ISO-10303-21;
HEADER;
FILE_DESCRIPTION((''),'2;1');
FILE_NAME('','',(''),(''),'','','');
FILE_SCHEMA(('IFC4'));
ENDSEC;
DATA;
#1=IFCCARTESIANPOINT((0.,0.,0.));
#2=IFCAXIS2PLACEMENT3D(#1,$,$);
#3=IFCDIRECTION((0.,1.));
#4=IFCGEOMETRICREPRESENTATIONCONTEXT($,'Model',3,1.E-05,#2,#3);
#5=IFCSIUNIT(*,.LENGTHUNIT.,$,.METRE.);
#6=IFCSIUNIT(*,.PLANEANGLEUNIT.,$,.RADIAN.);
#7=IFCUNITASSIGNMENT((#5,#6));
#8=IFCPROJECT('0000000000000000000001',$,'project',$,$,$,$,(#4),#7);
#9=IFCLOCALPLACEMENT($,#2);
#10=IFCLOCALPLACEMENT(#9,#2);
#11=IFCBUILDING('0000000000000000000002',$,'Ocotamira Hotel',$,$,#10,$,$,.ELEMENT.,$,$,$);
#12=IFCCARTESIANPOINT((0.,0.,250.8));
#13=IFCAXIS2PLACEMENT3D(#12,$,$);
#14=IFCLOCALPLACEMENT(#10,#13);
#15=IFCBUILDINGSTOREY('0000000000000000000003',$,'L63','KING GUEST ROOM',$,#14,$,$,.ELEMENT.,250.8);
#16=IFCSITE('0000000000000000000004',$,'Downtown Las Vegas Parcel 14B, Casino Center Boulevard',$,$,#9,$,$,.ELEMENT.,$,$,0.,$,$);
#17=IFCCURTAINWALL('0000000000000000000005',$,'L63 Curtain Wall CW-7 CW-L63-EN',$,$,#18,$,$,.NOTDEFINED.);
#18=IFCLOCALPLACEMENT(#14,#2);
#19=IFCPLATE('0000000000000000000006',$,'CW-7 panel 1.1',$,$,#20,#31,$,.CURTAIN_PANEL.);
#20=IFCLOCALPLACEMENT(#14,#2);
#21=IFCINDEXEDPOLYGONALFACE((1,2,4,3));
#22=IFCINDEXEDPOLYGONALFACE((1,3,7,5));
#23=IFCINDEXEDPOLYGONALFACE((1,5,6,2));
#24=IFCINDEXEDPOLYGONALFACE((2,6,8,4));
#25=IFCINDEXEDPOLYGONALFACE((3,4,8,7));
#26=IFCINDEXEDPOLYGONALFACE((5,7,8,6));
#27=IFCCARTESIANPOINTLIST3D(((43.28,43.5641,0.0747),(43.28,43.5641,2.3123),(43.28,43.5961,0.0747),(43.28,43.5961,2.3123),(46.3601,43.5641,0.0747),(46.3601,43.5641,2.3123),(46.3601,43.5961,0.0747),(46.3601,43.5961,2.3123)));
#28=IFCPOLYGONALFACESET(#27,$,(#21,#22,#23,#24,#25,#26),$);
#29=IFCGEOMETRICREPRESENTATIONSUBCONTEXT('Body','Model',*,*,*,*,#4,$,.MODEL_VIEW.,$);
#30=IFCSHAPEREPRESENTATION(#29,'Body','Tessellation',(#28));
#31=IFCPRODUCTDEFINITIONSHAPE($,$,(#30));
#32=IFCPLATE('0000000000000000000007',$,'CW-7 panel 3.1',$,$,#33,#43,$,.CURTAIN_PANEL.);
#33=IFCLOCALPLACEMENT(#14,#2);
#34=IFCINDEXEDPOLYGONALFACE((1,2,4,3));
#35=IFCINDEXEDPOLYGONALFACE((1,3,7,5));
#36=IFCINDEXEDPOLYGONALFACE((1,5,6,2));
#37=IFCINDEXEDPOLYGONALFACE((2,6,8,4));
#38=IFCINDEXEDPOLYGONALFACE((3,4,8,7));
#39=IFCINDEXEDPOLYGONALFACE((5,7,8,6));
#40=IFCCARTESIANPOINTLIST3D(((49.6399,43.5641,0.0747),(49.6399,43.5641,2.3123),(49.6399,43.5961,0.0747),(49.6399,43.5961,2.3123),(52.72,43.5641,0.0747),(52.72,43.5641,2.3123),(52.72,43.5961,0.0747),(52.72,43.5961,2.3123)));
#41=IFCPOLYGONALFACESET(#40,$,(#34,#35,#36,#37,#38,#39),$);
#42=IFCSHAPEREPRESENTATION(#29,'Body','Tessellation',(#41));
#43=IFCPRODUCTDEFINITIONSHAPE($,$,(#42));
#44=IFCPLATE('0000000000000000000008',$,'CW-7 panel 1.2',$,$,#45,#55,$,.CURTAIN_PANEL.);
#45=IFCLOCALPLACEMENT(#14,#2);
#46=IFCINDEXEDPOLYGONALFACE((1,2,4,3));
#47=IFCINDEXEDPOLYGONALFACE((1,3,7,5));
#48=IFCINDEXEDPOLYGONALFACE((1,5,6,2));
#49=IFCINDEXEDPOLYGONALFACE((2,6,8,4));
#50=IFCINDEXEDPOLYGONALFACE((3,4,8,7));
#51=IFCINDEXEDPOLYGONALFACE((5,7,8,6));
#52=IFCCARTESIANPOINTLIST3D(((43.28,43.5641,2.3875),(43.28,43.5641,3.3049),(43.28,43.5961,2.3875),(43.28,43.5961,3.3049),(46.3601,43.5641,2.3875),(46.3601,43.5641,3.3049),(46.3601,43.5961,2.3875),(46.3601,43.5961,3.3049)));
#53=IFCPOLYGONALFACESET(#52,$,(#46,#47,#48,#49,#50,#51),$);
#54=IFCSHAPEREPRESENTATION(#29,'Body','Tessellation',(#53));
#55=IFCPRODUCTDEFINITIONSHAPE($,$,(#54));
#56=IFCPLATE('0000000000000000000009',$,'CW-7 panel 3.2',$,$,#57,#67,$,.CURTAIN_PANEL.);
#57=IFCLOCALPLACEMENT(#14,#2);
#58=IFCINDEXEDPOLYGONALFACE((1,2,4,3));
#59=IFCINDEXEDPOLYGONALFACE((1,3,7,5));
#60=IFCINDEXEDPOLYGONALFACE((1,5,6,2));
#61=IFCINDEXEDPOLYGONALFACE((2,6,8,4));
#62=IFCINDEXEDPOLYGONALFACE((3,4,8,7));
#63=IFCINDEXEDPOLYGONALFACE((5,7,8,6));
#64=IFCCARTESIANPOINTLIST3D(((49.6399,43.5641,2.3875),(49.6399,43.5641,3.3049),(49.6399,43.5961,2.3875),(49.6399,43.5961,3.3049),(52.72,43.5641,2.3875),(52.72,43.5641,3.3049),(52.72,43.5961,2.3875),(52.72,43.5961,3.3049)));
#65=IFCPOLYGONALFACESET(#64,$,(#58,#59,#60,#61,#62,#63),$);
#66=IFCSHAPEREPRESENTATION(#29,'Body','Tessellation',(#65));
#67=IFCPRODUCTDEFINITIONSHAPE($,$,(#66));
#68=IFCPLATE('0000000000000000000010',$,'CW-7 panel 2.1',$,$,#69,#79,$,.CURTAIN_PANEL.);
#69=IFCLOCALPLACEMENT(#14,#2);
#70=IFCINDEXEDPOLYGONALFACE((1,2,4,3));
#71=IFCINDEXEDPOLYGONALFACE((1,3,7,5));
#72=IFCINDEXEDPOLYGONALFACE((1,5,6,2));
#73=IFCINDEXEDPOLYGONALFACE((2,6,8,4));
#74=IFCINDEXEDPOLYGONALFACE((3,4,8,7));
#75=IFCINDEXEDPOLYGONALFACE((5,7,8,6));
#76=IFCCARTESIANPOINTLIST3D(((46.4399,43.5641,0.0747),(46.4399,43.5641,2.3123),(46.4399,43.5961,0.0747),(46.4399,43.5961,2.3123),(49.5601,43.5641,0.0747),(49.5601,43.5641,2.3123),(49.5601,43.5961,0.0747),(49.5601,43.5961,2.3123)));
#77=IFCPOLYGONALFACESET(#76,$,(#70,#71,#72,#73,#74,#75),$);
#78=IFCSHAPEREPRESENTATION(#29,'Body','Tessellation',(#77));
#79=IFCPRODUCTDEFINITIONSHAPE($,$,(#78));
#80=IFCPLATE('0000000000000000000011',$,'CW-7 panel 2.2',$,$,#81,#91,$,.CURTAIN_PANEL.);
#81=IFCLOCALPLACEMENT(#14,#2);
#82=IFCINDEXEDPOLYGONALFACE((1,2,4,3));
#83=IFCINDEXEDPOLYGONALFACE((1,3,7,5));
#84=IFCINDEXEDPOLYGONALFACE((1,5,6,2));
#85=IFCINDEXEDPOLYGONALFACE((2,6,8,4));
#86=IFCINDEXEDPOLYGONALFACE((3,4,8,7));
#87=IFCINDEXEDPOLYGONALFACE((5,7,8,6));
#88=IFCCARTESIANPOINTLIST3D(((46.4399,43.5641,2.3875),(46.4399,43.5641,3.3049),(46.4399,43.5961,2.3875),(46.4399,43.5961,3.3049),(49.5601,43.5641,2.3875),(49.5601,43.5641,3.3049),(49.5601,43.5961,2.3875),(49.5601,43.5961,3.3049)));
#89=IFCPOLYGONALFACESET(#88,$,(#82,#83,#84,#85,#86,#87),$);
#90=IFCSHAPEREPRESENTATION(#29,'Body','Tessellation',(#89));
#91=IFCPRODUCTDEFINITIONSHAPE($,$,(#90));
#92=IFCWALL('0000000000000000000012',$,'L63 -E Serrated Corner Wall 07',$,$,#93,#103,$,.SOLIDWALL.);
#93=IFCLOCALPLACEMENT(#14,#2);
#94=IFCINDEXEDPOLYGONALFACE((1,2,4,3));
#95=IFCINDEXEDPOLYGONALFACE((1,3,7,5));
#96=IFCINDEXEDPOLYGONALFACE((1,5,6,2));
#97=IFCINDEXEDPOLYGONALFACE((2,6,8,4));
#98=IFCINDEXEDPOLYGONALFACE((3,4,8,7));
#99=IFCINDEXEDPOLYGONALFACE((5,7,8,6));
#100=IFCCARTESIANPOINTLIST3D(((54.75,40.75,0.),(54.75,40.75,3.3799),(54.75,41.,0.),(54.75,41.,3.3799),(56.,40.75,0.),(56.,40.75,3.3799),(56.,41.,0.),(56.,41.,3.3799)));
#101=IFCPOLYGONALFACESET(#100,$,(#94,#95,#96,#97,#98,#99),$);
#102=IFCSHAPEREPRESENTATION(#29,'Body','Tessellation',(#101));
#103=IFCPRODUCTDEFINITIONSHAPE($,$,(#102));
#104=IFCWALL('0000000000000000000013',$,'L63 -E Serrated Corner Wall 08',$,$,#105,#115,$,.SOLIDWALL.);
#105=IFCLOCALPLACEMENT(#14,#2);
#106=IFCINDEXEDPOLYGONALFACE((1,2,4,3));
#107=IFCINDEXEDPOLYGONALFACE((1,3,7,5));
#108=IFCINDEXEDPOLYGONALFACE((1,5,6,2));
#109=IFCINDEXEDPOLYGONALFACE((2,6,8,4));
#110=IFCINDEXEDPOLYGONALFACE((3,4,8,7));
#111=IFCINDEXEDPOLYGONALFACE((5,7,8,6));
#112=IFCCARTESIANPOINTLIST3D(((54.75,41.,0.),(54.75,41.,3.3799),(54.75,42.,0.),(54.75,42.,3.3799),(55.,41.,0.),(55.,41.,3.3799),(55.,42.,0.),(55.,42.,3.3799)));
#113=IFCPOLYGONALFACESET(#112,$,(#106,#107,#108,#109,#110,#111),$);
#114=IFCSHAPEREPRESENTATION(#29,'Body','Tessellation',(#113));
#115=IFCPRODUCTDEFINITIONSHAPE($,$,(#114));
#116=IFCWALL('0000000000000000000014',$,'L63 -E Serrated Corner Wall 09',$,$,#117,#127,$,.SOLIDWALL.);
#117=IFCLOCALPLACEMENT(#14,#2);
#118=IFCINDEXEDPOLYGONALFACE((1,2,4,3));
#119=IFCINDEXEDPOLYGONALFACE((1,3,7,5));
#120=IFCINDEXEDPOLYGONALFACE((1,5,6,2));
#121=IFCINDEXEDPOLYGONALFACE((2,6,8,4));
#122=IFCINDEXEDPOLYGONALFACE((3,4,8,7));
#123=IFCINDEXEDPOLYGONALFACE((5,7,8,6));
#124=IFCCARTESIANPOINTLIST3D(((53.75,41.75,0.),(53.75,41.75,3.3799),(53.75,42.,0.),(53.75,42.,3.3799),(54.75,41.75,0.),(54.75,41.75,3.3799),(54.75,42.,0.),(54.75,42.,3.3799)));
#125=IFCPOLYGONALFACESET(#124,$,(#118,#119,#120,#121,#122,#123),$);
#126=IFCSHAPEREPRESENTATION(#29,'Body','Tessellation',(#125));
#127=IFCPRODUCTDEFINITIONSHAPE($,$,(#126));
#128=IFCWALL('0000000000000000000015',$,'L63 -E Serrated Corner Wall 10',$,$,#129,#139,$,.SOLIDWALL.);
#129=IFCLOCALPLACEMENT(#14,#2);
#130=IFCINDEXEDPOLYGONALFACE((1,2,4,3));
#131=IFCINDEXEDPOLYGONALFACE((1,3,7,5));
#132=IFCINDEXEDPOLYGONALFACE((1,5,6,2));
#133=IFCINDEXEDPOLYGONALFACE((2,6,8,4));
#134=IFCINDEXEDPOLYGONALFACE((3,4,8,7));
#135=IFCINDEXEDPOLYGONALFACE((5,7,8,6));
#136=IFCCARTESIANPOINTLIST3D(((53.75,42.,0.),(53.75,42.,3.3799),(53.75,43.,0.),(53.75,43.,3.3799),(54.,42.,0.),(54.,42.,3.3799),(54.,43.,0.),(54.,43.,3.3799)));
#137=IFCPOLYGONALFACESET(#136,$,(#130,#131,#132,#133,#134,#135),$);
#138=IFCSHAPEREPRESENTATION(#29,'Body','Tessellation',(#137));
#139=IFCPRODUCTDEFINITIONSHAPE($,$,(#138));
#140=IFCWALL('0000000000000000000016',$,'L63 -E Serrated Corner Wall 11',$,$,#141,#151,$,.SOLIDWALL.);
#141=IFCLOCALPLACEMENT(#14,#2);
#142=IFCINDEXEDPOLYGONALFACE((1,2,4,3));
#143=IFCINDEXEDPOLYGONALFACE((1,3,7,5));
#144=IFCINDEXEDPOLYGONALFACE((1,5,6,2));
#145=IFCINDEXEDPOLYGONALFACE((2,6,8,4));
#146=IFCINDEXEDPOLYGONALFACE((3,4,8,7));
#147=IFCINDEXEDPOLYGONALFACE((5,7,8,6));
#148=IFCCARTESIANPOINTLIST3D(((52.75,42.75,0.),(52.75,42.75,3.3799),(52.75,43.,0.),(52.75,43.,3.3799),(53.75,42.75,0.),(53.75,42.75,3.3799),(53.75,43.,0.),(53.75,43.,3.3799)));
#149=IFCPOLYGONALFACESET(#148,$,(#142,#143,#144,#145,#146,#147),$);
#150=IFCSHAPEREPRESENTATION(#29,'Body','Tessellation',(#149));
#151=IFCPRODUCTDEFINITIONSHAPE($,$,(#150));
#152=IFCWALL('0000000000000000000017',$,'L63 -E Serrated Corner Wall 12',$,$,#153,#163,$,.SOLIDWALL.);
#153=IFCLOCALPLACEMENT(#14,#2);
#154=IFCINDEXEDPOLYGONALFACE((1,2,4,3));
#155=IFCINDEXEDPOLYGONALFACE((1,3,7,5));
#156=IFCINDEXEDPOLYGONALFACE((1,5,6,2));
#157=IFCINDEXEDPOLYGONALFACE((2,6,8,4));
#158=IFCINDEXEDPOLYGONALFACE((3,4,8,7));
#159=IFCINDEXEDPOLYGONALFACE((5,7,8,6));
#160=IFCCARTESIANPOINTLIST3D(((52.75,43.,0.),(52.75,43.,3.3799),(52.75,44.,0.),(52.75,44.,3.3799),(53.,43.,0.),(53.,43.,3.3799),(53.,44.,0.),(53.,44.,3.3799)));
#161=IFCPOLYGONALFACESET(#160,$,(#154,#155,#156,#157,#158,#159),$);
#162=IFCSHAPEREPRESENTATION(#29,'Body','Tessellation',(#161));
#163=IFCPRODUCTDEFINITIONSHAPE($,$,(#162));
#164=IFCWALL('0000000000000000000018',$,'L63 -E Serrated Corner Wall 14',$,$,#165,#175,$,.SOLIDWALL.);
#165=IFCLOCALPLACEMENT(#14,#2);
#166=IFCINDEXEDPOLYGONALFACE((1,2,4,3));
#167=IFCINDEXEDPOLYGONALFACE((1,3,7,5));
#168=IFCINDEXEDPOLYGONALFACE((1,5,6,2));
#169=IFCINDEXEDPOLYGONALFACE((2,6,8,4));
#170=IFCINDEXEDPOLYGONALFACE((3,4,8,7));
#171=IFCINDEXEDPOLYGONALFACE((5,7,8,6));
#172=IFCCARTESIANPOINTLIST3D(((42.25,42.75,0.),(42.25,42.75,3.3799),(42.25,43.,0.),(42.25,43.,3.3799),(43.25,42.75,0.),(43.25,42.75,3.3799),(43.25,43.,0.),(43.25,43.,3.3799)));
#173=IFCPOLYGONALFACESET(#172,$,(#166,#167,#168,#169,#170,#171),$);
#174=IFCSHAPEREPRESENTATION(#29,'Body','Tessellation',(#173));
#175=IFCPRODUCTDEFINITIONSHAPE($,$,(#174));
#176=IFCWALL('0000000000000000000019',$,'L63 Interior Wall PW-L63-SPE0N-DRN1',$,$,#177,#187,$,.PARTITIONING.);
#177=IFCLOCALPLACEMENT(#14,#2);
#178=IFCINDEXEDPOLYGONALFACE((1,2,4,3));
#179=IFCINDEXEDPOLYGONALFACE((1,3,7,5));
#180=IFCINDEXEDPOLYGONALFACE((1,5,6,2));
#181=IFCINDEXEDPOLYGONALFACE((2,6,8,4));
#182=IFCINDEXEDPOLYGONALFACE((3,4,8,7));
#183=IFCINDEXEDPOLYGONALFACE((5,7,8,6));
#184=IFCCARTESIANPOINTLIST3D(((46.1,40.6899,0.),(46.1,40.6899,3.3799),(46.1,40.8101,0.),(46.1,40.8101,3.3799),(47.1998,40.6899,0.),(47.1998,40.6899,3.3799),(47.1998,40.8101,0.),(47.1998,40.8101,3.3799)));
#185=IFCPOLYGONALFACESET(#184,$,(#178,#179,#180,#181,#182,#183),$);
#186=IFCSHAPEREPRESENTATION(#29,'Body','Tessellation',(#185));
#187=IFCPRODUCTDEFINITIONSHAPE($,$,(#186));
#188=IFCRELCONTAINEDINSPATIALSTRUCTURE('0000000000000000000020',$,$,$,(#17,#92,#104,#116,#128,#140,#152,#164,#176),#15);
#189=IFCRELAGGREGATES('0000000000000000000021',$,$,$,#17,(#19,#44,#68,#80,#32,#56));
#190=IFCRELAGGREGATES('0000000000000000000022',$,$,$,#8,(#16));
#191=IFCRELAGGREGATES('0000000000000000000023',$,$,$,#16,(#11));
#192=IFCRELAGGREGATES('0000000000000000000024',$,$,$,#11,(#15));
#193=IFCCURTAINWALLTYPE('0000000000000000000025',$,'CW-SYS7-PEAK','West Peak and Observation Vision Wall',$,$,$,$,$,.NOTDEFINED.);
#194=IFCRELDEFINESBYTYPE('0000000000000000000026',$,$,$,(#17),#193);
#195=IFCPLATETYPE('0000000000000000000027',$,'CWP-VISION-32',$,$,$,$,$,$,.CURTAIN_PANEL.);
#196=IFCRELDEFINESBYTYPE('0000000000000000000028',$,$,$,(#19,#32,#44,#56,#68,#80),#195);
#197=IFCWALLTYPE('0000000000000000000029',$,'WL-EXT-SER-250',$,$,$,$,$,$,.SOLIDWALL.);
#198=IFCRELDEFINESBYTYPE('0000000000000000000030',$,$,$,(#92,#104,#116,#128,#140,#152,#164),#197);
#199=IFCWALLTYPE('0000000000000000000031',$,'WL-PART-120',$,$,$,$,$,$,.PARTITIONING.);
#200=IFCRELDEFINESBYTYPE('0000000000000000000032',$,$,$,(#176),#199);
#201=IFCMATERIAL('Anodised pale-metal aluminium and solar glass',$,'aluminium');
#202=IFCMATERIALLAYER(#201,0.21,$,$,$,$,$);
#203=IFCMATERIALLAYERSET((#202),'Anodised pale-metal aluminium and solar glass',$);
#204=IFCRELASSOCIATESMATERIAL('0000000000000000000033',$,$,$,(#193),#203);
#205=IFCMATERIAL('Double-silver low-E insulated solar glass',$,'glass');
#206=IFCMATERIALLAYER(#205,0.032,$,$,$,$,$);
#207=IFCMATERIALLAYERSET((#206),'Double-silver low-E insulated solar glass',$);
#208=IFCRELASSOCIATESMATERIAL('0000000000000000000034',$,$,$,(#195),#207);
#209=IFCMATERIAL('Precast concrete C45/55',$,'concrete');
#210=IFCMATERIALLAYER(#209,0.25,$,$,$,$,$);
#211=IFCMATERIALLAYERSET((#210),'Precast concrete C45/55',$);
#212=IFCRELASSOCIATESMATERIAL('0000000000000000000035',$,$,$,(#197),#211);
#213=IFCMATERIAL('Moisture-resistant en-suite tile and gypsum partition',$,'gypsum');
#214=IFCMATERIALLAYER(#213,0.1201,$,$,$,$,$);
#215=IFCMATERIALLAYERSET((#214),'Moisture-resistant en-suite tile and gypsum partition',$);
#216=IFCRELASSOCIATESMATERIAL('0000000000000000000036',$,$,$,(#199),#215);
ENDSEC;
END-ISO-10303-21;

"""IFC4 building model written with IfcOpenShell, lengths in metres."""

from ifc_helpers import new_model, si_unit, direction, frame, frame_2d, origin, origin_2d, place, context, subcontext, project, spatial, rectangle, extrude, source, transform, mapped, material, layer, layer_set, type_object, element, aggregate, save


model = new_model("IFC4")

# Units and contexts
model_context = context("Model", 3, precision=1e-05, world=origin(), true_north=direction((0.0, 1.0)))
body_context = subcontext(model_context, "Body", "Model", "MODEL_VIEW")
ifc_project = project(units=[si_unit("LENGTHUNIT", "METRE"), si_unit("PLANEANGLEUNIT", "RADIAN")], contexts=[model_context])

# Site, building, storey
site_placement = place(None, origin())
site = spatial("IfcSite", under=ifc_project, at=site_placement, Name="Downtown Las Vegas Parcel 14B, Casino Center Boulevard", CompositionType="ELEMENT", RefElevation=0.0)
building_placement = place(site_placement, origin())
building = spatial("IfcBuilding", under=site, at=building_placement, Name="Ocotamira Hotel", CompositionType="ELEMENT")
storey_placement = place(building_placement, frame((0.0, 0.0, 250.8)))
storey = spatial("IfcBuildingStorey", under=building, at=storey_placement, Name="L63", Description="KING GUEST ROOM", CompositionType="ELEMENT", Elevation=250.8)

# Curtain wall
ifc_material_1 = material(Name="Anodised pale-metal aluminium and solar glass", Category="aluminium")
ifc_layer_1 = layer(ifc_material_1, 0.21)
ifc_layer_set_1 = layer_set([ifc_layer_1], Name="Anodised pale-metal aluminium and solar glass")
curtain_wall_type = type_object("IfcCurtainWallType", Name="CW-SYS7-PEAK", Description="West Peak and Observation Vision Wall", PredefinedType="NOTDEFINED", material=ifc_layer_set_1)
curtain_wall_1_placement = place(storey_placement, origin())
curtain_wall_1 = element("IfcCurtainWall", 1, at=curtain_wall_1_placement, inside=storey, type_object=curtain_wall_type, Name="L63 Curtain Wall CW-7 CW-L63-EN", PredefinedType="NOTDEFINED")

# Plates
ifc_material_2 = material(Name="Double-silver low-E insulated solar glass", Category="glass")
ifc_layer_2 = layer(ifc_material_2, 0.032)
ifc_layer_set_2 = layer_set([ifc_layer_2], Name="Double-silver low-E insulated solar glass")
plate_type = type_object("IfcPlateType", Name="CWP-VISION-32", PredefinedType="CURTAIN_PANEL", material=ifc_layer_set_2)
shared_shape_1 = source(origin(), body_context, "Body", "SweptSolid", [
    extrude(rectangle(XDim=3.0801, YDim=0.032, at=origin_2d()), origin(), (0.0, 0.0, 1.0), 2.2375),
])
plate_1_placement = place(storey_placement, frame((44.8201, 43.5801, 0.0747), z_axis=(0.0, 0.0, 1.0), x_axis=(1.0, 0.0, 0.0)))
plate_1 = element("IfcPlate", 2, at=plate_1_placement, type_object=plate_type, Name="CW-7 panel 1.1", PredefinedType="CURTAIN_PANEL", context=body_context, shape_type="MappedRepresentation", body=[
    mapped(shared_shape_1, transform((0.0, 0.0, 0.0), scale=1.0)),
])
plate_2_placement = place(storey_placement, frame((51.1799, 43.5801, 0.0747), z_axis=(0.0, 0.0, 1.0), x_axis=(1.0, 0.0, 0.0)))
plate_2 = element("IfcPlate", 3, at=plate_2_placement, type_object=plate_type, Name="CW-7 panel 3.1", PredefinedType="CURTAIN_PANEL", context=body_context, shape_type="MappedRepresentation", body=[
    mapped(shared_shape_1, transform((0.0, 0.0, 0.0), scale=1.0)),
])
shared_shape_2 = source(origin(), body_context, "Body", "SweptSolid", [
    extrude(rectangle(XDim=3.0801, YDim=0.032, at=origin_2d()), origin(), (0.0, 0.0, 1.0), 0.9175),
])
plate_3_placement = place(storey_placement, frame((44.8201, 43.5801, 2.3875), z_axis=(0.0, 0.0, 1.0), x_axis=(1.0, 0.0, 0.0)))
plate_3 = element("IfcPlate", 4, at=plate_3_placement, type_object=plate_type, Name="CW-7 panel 1.2", PredefinedType="CURTAIN_PANEL", context=body_context, shape_type="MappedRepresentation", body=[
    mapped(shared_shape_2, transform((0.0, 0.0, 0.0), scale=1.0)),
])
plate_4_placement = place(storey_placement, frame((51.1799, 43.5801, 2.3875), z_axis=(0.0, 0.0, 1.0), x_axis=(1.0, 0.0, 0.0)))
plate_4 = element("IfcPlate", 5, at=plate_4_placement, type_object=plate_type, Name="CW-7 panel 3.2", PredefinedType="CURTAIN_PANEL", context=body_context, shape_type="MappedRepresentation", body=[
    mapped(shared_shape_2, transform((0.0, 0.0, 0.0), scale=1.0)),
])
shared_shape_3 = source(origin(), body_context, "Body", "SweptSolid", [
    extrude(rectangle(XDim=3.1201, YDim=0.032, at=origin_2d()), origin(), (0.0, 0.0, 1.0), 2.2375),
])
plate_5_placement = place(storey_placement, frame((48.0, 43.5801, 0.0747), z_axis=(0.0, 0.0, 1.0), x_axis=(1.0, 0.0, 0.0)))
plate_5 = element("IfcPlate", 6, at=plate_5_placement, type_object=plate_type, Name="CW-7 panel 2.1", PredefinedType="CURTAIN_PANEL", context=body_context, shape_type="MappedRepresentation", body=[
    mapped(shared_shape_3, transform((0.0, 0.0, 0.0), scale=1.0)),
])
shared_shape_4 = source(origin(), body_context, "Body", "SweptSolid", [
    extrude(rectangle(XDim=3.1201, YDim=0.032, at=origin_2d()), origin(), (0.0, 0.0, 1.0), 0.9175),
])
plate_6_placement = place(storey_placement, frame((48.0, 43.5801, 2.3875), z_axis=(0.0, 0.0, 1.0), x_axis=(1.0, 0.0, 0.0)))
plate_6 = element("IfcPlate", 7, at=plate_6_placement, type_object=plate_type, Name="CW-7 panel 2.2", PredefinedType="CURTAIN_PANEL", context=body_context, shape_type="MappedRepresentation", body=[
    mapped(shared_shape_4, transform((0.0, 0.0, 0.0), scale=1.0)),
])
aggregate(curtain_wall_1, [plate_1, plate_3, plate_5, plate_6, plate_2, plate_4])

# Walls
ifc_material_3 = material(Name="Precast concrete C45/55", Category="concrete")
ifc_layer_3 = layer(ifc_material_3, 0.25)
ifc_layer_set_3 = layer_set([ifc_layer_3], Name="Precast concrete C45/55")
wall_type_1 = type_object("IfcWallType", Name="WL-EXT-SER-250", PredefinedType="SOLIDWALL", material=ifc_layer_set_3)
wall_1_placement = place(storey_placement, frame((56.0, 40.875, 0.0), z_axis=(0.0, 0.0, 1.0), x_axis=(-1.0, 0.0, 0.0)))
element("IfcWall", 8, at=wall_1_placement, inside=storey, type_object=wall_type_1, Name="L63 -E Serrated Corner Wall 07", PredefinedType="SOLIDWALL", context=body_context, shape_type="SweptSolid", body=[
    extrude(rectangle(XDim=1.25, YDim=0.25, at=frame_2d((0.625, 0.0))), origin(), (0.0, 0.0, 1.0), 3.3799),
])
for number, where, z_axis, x_axis, name in (
    (9, (54.875, 41.0, 0.0), (0.0, 0.0, 1.0), (0.0, 1.0, 0.0), "L63 -E Serrated Corner Wall 08"),
    (10, (54.75, 41.875, 0.0), (0.0, 0.0, 1.0), (-1.0, 0.0, 0.0), "L63 -E Serrated Corner Wall 09"),
    (11, (53.875, 42.0, 0.0), (0.0, 0.0, 1.0), (0.0, 1.0, 0.0), "L63 -E Serrated Corner Wall 10"),
    (12, (53.75, 42.875, 0.0), (0.0, 0.0, 1.0), (-1.0, 0.0, 0.0), "L63 -E Serrated Corner Wall 11"),
    (13, (52.875, 43.0, 0.0), (0.0, 0.0, 1.0), (0.0, 1.0, 0.0), "L63 -E Serrated Corner Wall 12"),
    (14, (43.25, 42.875, 0.0), (0.0, 0.0, 1.0), (-1.0, 0.0, 0.0), "L63 -E Serrated Corner Wall 14"),
):
    element("IfcWall", number, at=place(storey_placement, frame(where, z_axis=z_axis, x_axis=x_axis)), inside=storey, type_object=wall_type_1, Name=name, PredefinedType="SOLIDWALL", context=body_context, shape_type="SweptSolid", body=[
        extrude(rectangle(XDim=1.0, YDim=0.25, at=frame_2d((0.5, 0.0))), origin(), (0.0, 0.0, 1.0), 3.3799),
    ])
ifc_material_4 = material(Name="Moisture-resistant en-suite tile and gypsum partition", Category="gypsum")
ifc_layer_4 = layer(ifc_material_4, 0.1201)
ifc_layer_set_4 = layer_set([ifc_layer_4], Name="Moisture-resistant en-suite tile and gypsum partition")
wall_type_2 = type_object("IfcWallType", Name="WL-PART-120", PredefinedType="PARTITIONING", material=ifc_layer_set_4)
wall_2_placement = place(storey_placement, frame((46.1001, 40.75, 0.0), z_axis=(0.0, 0.0, 1.0), x_axis=(1.0, 0.0, 0.0)))
element("IfcWall", 15, at=wall_2_placement, inside=storey, type_object=wall_type_2, Name="L63 Interior Wall PW-L63-SPE0N-DRN1", PredefinedType="PARTITIONING", context=body_context, shape_type="SweptSolid", body=[
    extrude(rectangle(XDim=1.0999, YDim=0.1201, at=frame_2d((0.5498, 0.0))), origin(), (0.0, 0.0, 1.0), 3.3799),
])

save(model, "model.ifc")
